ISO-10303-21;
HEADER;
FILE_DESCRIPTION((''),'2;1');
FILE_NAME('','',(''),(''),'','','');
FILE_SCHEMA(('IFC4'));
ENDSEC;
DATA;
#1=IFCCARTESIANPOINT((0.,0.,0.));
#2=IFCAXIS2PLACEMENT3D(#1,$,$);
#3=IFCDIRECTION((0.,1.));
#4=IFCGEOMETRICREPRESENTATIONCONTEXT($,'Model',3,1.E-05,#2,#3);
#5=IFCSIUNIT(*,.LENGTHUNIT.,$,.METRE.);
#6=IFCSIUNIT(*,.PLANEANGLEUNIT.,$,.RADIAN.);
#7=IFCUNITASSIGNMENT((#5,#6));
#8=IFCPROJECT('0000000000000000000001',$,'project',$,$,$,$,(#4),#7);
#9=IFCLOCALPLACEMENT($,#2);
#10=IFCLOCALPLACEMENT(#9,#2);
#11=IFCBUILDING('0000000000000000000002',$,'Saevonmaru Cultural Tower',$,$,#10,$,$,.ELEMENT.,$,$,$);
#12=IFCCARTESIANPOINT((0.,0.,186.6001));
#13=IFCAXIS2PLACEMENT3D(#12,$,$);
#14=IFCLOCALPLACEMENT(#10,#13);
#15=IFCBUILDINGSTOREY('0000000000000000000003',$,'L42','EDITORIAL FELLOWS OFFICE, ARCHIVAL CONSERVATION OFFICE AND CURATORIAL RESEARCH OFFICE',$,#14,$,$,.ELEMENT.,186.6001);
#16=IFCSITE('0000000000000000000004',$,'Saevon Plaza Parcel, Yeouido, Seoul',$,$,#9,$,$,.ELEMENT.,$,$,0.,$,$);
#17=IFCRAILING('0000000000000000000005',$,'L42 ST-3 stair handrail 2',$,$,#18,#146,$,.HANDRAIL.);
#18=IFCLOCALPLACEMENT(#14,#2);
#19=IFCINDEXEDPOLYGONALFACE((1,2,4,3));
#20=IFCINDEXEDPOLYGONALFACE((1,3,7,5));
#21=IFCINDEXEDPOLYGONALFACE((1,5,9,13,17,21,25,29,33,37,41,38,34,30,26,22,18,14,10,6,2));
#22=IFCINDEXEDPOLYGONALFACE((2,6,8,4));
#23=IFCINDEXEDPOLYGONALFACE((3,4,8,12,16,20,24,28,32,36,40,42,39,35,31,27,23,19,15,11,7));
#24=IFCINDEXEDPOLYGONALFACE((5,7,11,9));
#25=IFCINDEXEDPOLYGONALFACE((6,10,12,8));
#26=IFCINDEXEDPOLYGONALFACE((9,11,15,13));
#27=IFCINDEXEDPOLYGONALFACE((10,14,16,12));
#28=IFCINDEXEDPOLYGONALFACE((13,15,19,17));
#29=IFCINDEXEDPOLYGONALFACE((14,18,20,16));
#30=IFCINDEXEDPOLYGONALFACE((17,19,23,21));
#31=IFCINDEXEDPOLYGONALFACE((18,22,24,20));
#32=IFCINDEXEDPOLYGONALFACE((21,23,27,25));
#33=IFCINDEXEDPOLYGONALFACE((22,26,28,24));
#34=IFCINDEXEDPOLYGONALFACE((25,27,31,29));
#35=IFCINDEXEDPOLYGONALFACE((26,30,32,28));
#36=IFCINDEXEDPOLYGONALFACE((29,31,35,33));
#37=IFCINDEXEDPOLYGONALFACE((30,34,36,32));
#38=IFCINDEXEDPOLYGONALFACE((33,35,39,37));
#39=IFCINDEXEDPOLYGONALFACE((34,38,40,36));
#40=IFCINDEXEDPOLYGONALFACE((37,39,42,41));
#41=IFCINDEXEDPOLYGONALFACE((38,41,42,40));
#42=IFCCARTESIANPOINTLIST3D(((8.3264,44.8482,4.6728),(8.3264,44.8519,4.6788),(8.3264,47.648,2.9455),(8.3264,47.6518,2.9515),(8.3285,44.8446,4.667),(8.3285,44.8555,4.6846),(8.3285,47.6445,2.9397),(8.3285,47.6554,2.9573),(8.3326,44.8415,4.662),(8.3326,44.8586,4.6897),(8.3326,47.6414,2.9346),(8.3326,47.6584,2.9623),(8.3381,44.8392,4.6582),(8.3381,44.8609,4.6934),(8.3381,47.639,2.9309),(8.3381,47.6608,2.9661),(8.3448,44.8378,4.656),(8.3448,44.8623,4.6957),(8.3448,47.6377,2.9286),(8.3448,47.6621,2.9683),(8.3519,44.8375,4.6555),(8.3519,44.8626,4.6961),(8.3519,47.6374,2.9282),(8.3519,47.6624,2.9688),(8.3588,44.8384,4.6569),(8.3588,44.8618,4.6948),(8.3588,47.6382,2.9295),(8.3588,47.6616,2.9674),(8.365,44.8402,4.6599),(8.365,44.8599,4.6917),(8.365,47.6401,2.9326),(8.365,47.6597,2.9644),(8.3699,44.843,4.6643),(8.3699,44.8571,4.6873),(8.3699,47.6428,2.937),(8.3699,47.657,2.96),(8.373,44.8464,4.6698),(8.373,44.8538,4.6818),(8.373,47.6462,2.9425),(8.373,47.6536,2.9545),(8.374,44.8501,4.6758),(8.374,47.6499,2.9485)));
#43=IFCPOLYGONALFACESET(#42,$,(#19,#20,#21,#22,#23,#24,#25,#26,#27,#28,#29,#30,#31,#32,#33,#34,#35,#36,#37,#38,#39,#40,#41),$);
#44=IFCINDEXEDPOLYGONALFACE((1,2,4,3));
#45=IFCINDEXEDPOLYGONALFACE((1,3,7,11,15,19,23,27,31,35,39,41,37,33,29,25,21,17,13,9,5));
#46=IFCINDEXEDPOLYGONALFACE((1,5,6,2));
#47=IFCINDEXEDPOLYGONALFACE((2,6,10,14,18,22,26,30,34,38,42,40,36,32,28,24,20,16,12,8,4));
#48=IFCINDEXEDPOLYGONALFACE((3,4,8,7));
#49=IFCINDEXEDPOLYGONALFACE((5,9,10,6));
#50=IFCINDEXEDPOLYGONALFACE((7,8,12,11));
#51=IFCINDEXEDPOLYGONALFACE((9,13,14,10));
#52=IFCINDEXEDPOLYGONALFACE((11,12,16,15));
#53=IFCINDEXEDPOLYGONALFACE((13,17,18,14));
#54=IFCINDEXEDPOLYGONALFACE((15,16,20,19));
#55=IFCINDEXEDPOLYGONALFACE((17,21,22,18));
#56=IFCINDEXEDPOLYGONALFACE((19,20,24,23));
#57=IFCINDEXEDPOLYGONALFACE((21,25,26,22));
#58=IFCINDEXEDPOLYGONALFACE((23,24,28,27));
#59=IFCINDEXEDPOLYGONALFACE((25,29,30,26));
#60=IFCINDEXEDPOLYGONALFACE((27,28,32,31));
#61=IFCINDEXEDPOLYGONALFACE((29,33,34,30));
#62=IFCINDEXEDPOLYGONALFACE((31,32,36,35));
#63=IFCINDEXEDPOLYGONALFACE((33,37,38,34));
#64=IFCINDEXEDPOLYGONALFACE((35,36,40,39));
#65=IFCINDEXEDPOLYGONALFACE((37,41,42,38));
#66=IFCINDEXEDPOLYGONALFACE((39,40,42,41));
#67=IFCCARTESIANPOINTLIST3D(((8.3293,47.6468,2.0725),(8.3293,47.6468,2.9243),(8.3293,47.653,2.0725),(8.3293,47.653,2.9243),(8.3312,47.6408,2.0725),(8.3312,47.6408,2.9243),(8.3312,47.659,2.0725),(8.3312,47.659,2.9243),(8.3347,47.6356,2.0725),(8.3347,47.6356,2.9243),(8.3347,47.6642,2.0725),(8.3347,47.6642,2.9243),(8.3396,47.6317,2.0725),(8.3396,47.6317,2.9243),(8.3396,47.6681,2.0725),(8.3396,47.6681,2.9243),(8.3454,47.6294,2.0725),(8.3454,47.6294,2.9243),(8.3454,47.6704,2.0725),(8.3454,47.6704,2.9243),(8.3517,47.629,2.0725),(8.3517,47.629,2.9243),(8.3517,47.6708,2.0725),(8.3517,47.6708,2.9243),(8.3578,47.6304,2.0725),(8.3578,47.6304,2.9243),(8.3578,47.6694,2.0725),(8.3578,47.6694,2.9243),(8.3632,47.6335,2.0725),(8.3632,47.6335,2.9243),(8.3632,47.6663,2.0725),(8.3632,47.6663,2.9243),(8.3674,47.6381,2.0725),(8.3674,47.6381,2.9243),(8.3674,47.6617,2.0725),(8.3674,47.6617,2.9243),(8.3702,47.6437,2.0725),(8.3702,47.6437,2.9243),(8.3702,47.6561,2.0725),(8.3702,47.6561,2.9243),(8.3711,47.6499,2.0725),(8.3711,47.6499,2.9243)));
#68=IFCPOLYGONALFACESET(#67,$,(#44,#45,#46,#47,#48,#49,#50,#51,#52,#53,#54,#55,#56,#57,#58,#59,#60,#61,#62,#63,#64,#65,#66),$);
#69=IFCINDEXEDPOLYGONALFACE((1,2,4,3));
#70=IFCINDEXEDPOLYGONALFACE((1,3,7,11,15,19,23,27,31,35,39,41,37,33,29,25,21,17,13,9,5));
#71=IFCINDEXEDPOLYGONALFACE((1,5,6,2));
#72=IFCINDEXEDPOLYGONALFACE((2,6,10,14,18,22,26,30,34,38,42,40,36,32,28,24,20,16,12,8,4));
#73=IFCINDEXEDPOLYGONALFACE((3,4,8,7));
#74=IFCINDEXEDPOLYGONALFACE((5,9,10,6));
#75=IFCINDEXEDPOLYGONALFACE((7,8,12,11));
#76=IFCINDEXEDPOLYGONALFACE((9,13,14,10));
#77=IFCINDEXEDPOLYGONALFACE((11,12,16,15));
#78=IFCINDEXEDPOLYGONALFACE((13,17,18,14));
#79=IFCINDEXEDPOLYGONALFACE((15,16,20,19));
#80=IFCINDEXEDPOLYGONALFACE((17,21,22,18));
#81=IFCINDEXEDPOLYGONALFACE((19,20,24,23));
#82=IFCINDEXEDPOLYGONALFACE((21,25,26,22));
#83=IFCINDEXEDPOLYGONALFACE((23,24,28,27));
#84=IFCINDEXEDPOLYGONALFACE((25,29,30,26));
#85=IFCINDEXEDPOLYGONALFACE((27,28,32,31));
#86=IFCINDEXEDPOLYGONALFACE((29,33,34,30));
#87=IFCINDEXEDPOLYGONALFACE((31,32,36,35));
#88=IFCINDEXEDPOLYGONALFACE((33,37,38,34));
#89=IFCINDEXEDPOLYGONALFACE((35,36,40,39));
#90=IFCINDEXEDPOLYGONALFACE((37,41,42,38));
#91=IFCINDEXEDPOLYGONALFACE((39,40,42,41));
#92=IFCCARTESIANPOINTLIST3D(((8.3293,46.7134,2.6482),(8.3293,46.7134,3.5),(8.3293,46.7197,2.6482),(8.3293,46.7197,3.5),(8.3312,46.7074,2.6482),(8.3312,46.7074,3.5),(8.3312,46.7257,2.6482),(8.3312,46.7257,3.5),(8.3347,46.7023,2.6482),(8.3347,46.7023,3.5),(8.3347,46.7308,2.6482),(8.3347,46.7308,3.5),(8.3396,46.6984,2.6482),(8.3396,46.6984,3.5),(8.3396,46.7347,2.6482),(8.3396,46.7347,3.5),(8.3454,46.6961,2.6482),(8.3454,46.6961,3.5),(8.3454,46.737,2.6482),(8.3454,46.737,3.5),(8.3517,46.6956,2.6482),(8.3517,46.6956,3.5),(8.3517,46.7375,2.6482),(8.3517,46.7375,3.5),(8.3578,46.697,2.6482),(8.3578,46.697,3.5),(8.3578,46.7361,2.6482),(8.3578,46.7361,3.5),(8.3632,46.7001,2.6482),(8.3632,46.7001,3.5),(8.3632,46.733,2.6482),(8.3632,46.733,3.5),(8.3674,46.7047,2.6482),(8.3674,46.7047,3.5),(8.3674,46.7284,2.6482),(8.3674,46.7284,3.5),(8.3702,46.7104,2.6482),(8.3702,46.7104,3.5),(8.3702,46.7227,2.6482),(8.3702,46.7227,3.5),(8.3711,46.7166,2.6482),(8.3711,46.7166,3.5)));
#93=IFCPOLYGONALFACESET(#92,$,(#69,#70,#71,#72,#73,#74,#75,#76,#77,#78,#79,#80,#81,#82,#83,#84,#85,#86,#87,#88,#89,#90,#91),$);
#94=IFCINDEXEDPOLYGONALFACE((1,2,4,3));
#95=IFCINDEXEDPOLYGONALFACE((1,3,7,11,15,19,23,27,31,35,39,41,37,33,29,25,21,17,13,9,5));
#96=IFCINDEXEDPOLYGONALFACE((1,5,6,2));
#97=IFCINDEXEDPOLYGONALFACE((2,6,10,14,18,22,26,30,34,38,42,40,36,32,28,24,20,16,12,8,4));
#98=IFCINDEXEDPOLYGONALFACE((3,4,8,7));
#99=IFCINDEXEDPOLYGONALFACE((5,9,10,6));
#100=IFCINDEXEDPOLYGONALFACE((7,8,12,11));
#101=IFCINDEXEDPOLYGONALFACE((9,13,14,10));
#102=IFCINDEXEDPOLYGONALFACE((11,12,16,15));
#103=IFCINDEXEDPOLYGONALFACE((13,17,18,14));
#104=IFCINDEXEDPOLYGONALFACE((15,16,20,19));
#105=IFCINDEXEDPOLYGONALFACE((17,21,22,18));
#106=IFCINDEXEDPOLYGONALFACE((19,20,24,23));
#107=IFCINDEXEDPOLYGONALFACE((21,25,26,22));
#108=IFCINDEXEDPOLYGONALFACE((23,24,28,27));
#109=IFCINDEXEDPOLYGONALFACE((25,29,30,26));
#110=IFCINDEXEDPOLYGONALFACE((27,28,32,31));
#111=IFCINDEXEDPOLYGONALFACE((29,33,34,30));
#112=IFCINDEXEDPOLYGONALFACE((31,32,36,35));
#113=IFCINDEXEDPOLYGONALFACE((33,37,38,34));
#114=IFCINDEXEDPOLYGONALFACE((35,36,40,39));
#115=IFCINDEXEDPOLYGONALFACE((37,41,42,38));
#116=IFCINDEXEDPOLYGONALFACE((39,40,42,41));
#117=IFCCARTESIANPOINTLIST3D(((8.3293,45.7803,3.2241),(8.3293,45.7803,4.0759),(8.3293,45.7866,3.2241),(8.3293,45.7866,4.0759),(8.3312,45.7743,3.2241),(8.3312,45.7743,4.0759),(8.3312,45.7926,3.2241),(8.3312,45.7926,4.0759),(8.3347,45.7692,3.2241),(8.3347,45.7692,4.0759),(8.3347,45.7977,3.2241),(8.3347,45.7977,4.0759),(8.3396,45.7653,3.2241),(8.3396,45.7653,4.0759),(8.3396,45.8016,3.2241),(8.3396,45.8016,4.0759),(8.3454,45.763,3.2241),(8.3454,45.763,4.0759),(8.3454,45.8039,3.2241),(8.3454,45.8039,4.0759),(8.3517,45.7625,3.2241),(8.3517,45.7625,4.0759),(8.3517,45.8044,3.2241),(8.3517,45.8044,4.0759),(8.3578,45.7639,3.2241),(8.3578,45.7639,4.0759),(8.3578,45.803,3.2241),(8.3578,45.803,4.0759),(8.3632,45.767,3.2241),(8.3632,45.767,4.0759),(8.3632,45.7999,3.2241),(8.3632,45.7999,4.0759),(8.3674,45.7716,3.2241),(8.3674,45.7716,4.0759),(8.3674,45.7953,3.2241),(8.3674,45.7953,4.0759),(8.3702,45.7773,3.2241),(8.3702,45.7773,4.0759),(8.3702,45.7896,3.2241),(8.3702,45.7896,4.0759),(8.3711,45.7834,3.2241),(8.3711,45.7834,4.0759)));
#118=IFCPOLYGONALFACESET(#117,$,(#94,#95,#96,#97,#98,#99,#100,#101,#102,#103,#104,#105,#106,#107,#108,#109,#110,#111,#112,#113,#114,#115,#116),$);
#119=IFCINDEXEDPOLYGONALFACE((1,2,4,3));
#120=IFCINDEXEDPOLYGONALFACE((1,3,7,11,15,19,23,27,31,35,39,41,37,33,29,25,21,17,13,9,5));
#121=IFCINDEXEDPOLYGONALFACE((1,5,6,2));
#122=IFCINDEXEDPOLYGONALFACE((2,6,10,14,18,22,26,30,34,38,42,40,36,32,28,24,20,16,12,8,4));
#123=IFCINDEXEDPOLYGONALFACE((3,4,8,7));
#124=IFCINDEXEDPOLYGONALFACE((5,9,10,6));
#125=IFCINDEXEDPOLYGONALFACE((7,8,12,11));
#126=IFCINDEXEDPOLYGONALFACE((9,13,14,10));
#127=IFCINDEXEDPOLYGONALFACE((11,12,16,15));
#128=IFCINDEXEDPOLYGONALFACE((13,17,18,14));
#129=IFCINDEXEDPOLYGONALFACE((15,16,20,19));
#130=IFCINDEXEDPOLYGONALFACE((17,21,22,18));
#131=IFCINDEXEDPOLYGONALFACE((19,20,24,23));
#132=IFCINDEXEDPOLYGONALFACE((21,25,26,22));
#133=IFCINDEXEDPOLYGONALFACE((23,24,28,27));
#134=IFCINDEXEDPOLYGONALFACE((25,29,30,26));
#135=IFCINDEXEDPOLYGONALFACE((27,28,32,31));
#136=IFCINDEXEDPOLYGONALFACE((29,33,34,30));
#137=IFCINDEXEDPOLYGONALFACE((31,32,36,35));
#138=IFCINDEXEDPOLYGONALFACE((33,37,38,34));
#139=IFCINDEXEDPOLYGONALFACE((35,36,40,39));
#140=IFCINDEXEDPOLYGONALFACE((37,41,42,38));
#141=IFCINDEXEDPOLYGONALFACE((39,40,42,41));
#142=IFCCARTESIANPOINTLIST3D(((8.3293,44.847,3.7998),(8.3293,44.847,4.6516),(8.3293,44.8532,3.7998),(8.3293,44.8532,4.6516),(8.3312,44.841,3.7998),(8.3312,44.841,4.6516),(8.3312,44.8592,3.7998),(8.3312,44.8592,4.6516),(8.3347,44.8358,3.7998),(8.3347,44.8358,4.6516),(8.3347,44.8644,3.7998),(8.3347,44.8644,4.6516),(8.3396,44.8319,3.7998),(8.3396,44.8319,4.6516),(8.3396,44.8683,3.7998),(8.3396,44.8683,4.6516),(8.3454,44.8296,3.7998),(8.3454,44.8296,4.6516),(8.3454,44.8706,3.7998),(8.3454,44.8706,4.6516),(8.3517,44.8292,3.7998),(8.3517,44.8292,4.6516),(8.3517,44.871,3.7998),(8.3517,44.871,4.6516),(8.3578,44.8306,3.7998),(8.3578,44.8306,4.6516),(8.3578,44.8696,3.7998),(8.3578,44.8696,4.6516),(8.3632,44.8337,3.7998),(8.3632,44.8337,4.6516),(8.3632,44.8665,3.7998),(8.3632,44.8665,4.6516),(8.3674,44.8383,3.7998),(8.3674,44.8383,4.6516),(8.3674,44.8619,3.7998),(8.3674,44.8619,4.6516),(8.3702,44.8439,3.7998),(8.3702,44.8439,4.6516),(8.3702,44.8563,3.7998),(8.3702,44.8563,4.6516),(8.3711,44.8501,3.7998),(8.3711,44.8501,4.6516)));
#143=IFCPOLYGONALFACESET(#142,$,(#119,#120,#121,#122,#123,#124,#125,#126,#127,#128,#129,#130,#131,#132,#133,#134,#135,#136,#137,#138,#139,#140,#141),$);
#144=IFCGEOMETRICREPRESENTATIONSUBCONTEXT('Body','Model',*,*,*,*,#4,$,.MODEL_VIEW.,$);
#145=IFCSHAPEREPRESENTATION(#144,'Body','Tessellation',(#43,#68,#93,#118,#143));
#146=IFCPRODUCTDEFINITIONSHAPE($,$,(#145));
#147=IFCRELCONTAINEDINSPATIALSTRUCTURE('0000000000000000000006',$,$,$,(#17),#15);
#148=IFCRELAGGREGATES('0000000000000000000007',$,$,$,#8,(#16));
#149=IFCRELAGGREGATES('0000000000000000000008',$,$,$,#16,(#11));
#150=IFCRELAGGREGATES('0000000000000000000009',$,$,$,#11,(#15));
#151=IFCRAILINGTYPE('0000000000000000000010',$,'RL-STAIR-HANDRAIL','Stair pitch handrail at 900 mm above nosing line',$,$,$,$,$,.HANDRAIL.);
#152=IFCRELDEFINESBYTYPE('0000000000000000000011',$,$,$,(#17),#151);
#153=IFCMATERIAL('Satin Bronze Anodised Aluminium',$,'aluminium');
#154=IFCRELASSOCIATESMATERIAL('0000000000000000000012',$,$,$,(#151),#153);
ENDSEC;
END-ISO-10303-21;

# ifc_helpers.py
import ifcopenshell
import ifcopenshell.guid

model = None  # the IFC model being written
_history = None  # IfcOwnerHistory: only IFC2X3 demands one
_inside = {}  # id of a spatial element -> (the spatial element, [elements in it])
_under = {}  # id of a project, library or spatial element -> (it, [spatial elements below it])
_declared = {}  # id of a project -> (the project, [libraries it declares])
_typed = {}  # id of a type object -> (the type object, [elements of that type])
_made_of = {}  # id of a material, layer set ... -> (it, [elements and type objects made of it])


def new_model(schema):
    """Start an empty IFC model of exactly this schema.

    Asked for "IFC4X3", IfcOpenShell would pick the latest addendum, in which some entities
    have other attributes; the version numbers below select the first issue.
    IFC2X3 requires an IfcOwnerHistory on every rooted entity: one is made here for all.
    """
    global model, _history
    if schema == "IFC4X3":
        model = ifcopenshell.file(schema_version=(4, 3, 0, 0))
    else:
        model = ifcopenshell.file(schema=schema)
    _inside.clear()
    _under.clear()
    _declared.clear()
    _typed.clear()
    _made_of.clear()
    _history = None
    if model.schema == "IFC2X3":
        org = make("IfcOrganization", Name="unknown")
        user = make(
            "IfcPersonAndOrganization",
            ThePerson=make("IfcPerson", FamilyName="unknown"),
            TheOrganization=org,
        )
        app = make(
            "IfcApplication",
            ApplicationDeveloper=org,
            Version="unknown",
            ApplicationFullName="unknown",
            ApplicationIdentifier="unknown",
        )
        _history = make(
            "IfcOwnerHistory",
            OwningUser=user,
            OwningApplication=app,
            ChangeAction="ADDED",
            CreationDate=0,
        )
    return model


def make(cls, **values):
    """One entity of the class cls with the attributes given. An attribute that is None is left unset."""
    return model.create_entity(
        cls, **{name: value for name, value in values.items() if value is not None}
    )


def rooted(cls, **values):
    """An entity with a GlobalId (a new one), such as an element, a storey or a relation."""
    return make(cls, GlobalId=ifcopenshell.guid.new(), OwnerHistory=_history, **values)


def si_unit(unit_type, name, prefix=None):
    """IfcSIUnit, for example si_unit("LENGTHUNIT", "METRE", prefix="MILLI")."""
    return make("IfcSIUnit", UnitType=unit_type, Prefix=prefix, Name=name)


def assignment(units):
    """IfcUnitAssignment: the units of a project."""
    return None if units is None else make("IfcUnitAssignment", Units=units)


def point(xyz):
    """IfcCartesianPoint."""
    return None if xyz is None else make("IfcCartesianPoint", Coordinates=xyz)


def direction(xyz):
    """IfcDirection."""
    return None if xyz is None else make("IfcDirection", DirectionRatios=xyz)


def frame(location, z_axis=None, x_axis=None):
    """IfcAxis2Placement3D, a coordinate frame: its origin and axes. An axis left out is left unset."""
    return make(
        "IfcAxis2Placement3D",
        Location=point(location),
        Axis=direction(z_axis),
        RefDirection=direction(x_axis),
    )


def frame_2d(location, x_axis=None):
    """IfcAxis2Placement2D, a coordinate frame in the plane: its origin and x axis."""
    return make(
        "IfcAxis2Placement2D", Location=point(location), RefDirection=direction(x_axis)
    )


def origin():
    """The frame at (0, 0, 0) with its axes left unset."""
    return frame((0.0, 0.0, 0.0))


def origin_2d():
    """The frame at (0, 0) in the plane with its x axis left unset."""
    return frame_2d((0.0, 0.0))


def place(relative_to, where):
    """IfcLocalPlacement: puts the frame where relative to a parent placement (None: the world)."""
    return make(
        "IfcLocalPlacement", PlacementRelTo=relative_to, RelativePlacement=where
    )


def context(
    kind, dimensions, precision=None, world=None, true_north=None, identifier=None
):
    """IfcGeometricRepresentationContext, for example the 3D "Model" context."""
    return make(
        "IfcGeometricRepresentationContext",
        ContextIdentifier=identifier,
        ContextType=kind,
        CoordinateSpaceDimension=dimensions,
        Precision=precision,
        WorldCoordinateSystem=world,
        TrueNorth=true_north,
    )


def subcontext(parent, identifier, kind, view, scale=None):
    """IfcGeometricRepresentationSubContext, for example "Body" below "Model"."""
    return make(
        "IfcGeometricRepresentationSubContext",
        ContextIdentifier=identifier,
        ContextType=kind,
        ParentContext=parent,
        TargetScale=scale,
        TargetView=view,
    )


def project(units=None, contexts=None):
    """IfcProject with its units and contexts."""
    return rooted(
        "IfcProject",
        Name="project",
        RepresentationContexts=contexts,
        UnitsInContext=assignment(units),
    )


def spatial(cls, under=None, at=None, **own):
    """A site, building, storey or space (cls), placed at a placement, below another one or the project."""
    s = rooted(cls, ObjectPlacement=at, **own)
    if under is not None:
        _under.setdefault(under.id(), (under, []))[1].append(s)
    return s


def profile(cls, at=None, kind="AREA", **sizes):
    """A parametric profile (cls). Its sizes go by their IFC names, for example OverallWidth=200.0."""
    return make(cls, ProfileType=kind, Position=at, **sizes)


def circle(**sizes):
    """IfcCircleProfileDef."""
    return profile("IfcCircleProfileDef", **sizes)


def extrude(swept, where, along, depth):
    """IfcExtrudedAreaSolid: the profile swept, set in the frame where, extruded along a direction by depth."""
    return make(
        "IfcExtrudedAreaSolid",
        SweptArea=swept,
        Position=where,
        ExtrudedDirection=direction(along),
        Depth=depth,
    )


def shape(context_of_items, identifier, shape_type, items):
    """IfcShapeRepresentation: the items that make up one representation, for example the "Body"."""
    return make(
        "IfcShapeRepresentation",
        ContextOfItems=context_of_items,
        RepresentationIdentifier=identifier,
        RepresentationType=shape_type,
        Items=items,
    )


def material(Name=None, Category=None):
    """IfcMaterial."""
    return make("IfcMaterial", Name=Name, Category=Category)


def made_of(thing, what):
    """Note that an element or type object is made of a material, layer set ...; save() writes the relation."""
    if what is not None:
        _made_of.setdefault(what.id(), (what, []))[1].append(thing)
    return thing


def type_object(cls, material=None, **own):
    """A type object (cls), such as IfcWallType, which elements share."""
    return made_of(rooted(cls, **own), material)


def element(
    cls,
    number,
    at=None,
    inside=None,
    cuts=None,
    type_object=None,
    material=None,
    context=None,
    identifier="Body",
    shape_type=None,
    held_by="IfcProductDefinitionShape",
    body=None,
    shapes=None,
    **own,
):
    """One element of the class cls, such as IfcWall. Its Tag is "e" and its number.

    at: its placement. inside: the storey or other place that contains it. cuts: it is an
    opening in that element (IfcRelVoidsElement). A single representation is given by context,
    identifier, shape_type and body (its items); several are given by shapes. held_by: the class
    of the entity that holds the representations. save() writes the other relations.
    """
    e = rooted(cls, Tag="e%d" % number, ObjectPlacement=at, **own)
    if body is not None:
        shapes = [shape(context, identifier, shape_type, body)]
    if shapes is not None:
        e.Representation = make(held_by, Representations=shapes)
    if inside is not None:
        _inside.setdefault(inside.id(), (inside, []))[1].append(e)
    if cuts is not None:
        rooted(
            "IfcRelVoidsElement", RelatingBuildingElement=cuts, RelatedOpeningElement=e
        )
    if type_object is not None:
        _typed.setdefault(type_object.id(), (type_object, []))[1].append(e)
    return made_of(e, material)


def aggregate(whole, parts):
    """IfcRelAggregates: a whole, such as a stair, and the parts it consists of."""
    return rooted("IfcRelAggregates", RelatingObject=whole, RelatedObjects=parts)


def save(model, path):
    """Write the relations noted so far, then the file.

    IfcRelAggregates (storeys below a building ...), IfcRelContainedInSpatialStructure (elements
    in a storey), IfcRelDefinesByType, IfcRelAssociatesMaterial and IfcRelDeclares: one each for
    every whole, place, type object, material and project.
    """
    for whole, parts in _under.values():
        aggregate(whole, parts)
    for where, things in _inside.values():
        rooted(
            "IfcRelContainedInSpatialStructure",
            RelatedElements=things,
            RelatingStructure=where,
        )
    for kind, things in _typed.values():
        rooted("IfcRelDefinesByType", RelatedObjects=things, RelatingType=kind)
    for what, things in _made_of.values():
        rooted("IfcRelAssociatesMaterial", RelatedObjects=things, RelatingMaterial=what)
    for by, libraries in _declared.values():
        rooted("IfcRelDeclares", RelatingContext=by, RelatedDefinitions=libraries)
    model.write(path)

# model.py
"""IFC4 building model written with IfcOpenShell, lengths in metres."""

from ifc_helpers import new_model, si_unit, direction, frame, origin, origin_2d, place, context, subcontext, project, spatial, circle, extrude, material, type_object, element, save


model = new_model("IFC4")

# Units and contexts
model_context = context("Model", 3, precision=1e-05, world=origin(), true_north=direction((0.0, 1.0)))
body_context = subcontext(model_context, "Body", "Model", "MODEL_VIEW")
ifc_project = project(units=[si_unit("LENGTHUNIT", "METRE"), si_unit("PLANEANGLEUNIT", "RADIAN")], contexts=[model_context])

# Site, building, storey
site_placement = place(None, origin())
site = spatial("IfcSite", under=ifc_project, at=site_placement, Name="Saevon Plaza Parcel, Yeouido, Seoul", CompositionType="ELEMENT", RefElevation=0.0)
building_placement = place(site_placement, origin())
building = spatial("IfcBuilding", under=site, at=building_placement, Name="Saevonmaru Cultural Tower", CompositionType="ELEMENT")
storey_placement = place(building_placement, frame((0.0, 0.0, 186.6001)))
storey = spatial("IfcBuildingStorey", under=building, at=storey_placement, Name="L42", Description="EDITORIAL FELLOWS OFFICE, ARCHIVAL CONSERVATION OFFICE AND CURATORIAL RESEARCH OFFICE", CompositionType="ELEMENT", Elevation=186.6001)

# Shared definitions
ifc_material_1 = material(Name="Satin Bronze Anodised Aluminium", Category="aluminium")

# Railing
railing_type_1 = type_object("IfcRailingType", Name="RL-STAIR-HANDRAIL", Description="Stair pitch handrail at 900 mm above nosing line", PredefinedType="HANDRAIL", material=ifc_material_1)
railing_1_placement = place(storey_placement, frame((8.3501, 47.6499, 2.0725)))
element("IfcRailing", 1, at=railing_1_placement, inside=storey, type_object=railing_type_1, Name="L42 ST-3 stair handrail 2", PredefinedType="HANDRAIL", context=body_context, shape_type="SweptSolid", body=[
    extrude(circle(Radius=0.0239, at=origin_2d()), frame((0.0, 0.0, 0.876), z_axis=(0.0, -0.851069, 0.525054), x_axis=(1.0, 0.0, 0.0)), (0.0, 0.0, 1.0), 3.2898),
    extrude(circle(Radius=0.021, at=origin_2d()), origin(), (0.0, 0.0, 1.0), 0.8518),
    extrude(circle(Radius=0.021, at=origin_2d()), frame((0.0, -0.9333, 0.5757)), (0.0, 0.0, 1.0), 0.8518),
    extrude(circle(Radius=0.021, at=origin_2d()), frame((0.0, -1.8665, 1.1516)), (0.0, 0.0, 1.0), 0.8518),
    extrude(circle(Radius=0.021, at=origin_2d()), frame((0.0, -2.7998, 1.7273)), (0.0, 0.0, 1.0), 0.8518),
])

save(model, "model.ifc")
